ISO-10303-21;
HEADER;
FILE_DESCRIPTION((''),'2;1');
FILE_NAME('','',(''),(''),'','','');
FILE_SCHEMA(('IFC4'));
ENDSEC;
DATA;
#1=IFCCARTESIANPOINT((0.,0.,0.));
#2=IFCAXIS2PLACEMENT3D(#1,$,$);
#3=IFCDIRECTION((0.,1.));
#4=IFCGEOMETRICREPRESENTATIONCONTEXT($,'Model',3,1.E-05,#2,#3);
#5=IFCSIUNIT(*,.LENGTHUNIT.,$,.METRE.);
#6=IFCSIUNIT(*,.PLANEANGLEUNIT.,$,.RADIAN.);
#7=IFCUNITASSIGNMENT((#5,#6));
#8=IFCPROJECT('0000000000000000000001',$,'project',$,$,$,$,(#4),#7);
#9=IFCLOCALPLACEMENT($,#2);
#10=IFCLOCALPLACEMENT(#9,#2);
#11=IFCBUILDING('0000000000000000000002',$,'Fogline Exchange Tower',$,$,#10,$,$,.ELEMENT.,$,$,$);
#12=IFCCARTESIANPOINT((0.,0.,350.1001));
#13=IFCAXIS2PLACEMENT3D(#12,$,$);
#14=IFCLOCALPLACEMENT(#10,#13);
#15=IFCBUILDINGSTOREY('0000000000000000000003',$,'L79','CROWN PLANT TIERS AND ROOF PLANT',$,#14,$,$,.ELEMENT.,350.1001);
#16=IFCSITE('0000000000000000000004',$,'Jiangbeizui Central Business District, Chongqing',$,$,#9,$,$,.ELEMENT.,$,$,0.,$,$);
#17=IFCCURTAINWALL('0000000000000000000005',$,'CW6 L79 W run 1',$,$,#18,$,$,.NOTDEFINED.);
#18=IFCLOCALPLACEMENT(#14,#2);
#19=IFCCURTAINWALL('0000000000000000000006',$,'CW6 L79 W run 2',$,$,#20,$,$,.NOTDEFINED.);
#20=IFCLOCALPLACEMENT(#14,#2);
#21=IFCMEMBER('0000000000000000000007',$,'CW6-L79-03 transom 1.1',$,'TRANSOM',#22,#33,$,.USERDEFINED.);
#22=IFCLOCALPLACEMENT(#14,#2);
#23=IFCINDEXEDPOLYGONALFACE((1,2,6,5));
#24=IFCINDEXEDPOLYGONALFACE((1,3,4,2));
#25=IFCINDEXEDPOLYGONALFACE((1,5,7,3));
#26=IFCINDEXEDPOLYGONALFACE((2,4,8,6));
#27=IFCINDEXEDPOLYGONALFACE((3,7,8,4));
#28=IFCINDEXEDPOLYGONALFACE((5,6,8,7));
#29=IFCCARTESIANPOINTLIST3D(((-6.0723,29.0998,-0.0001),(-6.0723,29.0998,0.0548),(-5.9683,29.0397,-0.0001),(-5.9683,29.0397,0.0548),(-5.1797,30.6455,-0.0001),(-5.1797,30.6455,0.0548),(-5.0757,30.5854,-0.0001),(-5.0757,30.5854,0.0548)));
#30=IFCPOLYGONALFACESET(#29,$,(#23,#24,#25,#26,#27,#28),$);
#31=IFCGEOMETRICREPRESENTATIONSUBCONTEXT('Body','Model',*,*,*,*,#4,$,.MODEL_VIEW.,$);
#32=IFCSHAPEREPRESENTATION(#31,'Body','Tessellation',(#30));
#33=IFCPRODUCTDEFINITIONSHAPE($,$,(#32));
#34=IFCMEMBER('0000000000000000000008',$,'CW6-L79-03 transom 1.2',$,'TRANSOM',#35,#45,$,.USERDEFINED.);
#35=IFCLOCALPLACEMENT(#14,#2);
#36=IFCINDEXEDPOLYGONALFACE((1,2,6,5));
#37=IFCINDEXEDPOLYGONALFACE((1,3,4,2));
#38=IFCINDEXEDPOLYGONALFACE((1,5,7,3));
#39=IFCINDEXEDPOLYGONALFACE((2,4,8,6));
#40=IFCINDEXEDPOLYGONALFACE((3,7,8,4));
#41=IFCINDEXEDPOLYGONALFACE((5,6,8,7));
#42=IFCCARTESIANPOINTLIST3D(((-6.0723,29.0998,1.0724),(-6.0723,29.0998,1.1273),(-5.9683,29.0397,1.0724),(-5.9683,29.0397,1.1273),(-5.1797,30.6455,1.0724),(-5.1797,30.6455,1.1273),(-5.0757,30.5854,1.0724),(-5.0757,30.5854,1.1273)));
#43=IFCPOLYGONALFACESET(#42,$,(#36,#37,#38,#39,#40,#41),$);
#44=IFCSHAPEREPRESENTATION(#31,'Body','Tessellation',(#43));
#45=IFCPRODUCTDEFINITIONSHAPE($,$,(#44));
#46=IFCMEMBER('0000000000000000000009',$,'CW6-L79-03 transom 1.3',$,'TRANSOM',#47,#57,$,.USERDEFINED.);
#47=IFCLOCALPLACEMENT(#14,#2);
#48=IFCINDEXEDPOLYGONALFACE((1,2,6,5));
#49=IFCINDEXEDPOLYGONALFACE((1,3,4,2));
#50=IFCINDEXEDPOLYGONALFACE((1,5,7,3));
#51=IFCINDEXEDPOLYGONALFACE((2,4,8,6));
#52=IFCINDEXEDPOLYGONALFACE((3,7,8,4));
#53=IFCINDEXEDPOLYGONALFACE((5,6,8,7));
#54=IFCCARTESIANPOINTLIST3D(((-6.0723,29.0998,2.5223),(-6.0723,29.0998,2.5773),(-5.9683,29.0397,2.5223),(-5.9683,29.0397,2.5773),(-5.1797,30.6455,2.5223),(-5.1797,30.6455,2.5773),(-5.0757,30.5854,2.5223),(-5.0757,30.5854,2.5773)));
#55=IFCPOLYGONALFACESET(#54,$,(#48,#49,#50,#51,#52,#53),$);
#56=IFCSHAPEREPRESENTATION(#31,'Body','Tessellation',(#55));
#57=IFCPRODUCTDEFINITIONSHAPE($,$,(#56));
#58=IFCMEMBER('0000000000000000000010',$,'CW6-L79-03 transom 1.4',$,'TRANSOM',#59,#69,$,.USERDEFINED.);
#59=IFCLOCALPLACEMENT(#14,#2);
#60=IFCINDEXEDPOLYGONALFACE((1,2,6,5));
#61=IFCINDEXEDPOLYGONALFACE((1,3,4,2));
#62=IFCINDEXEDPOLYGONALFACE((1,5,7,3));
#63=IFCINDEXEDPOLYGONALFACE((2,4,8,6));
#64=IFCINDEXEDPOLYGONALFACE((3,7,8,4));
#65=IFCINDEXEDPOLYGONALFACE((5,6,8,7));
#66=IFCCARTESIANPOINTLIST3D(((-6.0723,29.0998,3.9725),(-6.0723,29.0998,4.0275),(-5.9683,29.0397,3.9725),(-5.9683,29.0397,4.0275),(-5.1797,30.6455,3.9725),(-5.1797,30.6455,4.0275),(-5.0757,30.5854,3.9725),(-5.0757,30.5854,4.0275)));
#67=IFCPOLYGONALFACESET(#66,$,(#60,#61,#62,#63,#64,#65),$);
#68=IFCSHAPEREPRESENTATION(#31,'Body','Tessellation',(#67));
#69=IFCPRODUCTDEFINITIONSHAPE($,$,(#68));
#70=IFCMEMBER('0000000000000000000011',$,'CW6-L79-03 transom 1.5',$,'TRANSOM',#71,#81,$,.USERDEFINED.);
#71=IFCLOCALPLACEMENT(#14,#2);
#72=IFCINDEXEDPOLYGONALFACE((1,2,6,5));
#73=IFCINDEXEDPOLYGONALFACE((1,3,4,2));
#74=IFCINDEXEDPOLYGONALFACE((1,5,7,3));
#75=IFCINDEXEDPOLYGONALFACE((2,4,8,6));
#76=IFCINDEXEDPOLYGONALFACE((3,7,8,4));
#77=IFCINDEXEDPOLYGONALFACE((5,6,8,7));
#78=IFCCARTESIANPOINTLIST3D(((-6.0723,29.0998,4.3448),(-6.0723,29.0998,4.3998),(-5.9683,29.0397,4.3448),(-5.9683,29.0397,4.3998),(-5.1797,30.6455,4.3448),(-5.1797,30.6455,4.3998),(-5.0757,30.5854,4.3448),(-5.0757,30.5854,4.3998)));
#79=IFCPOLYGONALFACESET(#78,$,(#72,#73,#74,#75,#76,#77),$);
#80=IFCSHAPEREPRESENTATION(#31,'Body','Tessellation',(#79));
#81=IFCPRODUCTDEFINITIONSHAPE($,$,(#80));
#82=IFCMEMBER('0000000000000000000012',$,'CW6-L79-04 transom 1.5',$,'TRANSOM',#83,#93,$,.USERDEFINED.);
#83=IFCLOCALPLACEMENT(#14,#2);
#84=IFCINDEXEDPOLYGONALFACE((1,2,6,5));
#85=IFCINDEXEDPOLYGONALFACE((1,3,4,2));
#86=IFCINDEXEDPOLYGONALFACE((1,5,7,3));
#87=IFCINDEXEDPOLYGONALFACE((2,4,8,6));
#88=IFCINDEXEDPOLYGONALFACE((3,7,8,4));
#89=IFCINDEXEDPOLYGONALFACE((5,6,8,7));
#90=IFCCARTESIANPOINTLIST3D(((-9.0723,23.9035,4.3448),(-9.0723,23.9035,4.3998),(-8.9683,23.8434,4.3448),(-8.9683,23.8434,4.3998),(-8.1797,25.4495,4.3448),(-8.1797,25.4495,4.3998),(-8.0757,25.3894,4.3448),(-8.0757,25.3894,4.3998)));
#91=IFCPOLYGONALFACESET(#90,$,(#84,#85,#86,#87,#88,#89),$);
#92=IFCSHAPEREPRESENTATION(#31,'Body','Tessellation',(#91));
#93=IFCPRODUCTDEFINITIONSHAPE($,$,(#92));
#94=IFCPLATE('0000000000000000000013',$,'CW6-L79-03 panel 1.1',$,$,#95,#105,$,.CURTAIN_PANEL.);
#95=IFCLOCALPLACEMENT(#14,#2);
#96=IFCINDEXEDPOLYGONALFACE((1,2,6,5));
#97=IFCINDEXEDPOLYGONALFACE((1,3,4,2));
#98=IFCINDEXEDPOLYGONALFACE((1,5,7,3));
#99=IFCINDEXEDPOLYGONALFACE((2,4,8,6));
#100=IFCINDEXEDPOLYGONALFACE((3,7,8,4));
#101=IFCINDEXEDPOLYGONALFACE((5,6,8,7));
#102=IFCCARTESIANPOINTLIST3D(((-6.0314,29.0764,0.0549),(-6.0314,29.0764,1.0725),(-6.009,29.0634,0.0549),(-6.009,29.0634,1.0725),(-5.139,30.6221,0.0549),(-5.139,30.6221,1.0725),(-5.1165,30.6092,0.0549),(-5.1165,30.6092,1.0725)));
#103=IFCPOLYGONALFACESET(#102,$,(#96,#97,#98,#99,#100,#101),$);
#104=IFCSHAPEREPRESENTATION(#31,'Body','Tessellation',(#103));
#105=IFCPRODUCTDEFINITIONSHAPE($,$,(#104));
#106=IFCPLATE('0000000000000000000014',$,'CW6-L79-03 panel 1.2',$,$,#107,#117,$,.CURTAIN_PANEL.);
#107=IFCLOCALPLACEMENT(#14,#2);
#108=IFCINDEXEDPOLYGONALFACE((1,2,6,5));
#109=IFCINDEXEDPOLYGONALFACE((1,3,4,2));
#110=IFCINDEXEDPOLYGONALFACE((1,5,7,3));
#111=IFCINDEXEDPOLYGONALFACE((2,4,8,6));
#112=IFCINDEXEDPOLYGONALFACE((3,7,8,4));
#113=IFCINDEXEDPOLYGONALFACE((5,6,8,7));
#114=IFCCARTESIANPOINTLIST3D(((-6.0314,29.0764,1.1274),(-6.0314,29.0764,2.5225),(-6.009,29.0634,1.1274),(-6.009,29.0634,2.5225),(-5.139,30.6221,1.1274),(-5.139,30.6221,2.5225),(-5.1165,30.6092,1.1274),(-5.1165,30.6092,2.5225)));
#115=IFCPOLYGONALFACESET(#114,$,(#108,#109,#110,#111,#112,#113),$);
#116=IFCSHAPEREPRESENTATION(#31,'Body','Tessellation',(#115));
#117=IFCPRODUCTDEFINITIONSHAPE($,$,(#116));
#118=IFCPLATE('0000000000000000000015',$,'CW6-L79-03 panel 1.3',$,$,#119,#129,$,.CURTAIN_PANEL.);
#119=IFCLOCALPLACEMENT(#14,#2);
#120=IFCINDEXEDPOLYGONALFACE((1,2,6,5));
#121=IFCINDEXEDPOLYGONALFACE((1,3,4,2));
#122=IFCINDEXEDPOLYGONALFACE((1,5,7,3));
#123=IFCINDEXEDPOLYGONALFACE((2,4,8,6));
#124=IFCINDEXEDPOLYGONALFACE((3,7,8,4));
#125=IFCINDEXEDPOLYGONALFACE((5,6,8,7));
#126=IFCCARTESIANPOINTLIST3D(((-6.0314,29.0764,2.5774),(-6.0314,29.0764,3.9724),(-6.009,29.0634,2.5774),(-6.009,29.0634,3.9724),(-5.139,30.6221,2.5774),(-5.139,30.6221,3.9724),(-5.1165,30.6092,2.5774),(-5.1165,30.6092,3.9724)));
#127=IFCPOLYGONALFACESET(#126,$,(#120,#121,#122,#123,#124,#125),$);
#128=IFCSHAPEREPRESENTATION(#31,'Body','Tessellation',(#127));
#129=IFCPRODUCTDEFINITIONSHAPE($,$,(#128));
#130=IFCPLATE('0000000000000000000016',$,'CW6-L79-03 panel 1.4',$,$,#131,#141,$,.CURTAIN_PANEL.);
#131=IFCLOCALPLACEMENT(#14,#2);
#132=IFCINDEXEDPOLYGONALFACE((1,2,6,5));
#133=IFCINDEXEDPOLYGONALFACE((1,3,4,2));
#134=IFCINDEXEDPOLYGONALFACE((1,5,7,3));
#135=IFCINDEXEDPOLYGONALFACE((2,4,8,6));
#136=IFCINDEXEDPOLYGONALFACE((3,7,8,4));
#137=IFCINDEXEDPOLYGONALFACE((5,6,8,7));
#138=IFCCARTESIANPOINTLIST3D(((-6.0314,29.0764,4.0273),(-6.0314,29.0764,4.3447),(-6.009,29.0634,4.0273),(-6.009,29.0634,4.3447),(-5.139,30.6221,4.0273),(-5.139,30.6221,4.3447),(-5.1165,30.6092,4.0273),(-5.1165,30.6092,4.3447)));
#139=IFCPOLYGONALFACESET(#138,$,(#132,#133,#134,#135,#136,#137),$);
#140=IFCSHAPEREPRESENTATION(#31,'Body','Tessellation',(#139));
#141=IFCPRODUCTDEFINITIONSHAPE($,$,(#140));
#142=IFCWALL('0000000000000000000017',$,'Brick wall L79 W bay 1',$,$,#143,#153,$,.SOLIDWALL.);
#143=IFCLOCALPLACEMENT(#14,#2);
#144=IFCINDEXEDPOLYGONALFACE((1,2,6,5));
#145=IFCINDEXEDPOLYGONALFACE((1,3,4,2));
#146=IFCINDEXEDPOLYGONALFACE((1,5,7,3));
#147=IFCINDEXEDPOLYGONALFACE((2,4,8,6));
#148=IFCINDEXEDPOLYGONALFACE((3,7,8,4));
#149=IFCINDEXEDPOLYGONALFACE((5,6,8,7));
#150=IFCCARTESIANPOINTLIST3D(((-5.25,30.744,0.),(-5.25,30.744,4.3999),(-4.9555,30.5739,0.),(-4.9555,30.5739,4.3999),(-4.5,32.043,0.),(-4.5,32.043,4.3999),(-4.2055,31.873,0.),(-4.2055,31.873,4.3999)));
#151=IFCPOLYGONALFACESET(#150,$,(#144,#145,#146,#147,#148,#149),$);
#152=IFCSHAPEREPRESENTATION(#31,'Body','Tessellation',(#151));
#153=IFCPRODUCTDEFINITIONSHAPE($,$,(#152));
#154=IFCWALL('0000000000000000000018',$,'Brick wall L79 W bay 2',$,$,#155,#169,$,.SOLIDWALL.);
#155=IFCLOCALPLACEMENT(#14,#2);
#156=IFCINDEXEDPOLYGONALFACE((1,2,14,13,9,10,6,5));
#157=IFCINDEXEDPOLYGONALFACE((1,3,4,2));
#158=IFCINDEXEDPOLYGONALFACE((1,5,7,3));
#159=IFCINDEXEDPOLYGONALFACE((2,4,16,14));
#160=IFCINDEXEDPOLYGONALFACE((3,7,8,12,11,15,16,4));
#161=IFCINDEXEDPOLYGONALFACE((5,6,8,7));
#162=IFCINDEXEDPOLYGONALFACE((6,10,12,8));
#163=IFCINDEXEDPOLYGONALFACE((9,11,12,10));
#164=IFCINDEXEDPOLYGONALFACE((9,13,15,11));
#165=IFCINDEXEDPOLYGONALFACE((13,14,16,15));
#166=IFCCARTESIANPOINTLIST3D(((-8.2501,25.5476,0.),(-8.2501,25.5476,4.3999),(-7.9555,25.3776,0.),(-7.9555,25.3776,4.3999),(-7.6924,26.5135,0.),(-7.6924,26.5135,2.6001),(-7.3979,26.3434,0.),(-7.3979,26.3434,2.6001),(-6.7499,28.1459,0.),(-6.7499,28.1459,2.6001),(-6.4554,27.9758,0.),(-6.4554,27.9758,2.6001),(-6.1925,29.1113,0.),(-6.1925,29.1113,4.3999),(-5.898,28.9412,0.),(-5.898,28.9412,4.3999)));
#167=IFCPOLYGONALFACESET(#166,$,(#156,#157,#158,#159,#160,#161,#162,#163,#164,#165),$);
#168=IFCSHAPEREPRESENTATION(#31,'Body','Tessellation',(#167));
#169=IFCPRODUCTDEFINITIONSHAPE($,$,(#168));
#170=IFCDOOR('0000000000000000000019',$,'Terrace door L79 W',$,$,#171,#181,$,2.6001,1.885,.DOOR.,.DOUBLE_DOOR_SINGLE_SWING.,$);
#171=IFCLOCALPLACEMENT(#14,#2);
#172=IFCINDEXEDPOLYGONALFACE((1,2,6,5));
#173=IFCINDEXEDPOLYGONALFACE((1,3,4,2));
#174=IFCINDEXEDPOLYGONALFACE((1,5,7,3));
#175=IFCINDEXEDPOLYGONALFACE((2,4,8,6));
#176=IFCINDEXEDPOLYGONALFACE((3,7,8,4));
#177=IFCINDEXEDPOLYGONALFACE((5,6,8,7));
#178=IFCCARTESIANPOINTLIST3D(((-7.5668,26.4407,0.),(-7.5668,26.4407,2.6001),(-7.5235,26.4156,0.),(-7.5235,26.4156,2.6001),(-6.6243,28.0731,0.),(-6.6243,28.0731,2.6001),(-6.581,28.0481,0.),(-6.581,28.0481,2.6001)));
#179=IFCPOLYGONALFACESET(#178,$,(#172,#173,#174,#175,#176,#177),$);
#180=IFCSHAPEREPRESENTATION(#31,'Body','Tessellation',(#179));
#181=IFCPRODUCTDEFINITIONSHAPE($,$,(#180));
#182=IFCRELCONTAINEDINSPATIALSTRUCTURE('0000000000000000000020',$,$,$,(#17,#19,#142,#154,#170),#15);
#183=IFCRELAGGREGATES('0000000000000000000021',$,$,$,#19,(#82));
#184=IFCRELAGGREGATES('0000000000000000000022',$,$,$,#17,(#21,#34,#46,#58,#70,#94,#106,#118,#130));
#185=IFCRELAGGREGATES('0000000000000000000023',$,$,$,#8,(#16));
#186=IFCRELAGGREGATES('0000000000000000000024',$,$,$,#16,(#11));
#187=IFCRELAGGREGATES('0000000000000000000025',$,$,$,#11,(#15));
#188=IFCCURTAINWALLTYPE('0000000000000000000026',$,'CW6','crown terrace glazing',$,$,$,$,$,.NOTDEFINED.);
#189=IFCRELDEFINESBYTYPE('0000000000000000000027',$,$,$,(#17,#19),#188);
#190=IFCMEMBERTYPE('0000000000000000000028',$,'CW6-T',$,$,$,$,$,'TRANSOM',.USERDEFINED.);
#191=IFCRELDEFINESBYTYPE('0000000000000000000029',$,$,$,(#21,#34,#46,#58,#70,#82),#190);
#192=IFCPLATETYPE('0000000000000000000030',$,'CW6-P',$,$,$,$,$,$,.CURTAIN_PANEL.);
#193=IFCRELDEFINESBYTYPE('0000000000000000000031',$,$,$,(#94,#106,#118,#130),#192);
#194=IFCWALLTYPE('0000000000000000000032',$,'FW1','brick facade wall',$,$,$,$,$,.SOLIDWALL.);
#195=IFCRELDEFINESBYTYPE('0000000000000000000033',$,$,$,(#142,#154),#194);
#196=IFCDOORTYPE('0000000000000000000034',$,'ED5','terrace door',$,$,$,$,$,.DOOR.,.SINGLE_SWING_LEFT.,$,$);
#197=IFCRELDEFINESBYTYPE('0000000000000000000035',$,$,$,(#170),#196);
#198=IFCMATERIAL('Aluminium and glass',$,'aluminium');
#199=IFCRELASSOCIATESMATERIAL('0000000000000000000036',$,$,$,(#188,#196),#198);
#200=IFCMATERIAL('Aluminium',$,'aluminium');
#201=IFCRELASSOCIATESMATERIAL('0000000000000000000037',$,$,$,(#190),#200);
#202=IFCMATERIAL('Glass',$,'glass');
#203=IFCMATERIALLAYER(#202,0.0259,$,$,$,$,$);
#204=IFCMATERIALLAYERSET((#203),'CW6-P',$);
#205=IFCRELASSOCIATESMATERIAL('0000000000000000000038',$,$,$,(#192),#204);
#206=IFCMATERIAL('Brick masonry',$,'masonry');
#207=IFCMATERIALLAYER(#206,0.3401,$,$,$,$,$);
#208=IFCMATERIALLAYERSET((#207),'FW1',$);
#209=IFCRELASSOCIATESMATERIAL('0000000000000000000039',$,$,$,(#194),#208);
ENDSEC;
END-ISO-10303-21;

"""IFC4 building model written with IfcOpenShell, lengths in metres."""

from ifc_helpers import new_model, si_unit, direction, frame, frame_2d, origin, origin_2d, place, context, subcontext, project, spatial, rectangle, extrude, material, layer, layer_set, material_profile, profile_set, type_object, element, fill, aggregate, save


model = new_model("IFC4")

# Units and contexts
model_context = context("Model", 3, precision=1e-05, world=origin(), true_north=direction((0.0, 1.0)))
body_context = subcontext(model_context, "Body", "Model", "MODEL_VIEW")
ifc_project = project(units=[si_unit("LENGTHUNIT", "METRE"), si_unit("PLANEANGLEUNIT", "RADIAN")], contexts=[model_context])

# Site, building, storey
site_placement = place(None, origin())
site = spatial("IfcSite", under=ifc_project, at=site_placement, Name="Jiangbeizui Central Business District, Chongqing", CompositionType="ELEMENT", RefElevation=0.0)
building_placement = place(site_placement, origin())
building = spatial("IfcBuilding", under=site, at=building_placement, Name="Fogline Exchange Tower", CompositionType="ELEMENT")
storey_placement = place(building_placement, frame((0.0, 0.0, 350.1001)))
storey = spatial("IfcBuildingStorey", under=building, at=storey_placement, Name="L79", Description="CROWN PLANT TIERS AND ROOF PLANT", CompositionType="ELEMENT", Elevation=350.1001)

# Curtain wall
ifc_material_1 = material(Name="Aluminium and glass", Category="aluminium")
curtain_wall_type = type_object("IfcCurtainWallType", Name="CW6", Description="crown terrace glazing", PredefinedType="NOTDEFINED", material=ifc_material_1)
curtain_wall_1_placement = place(storey_placement, origin())
curtain_wall_1 = element("IfcCurtainWall", 1, at=curtain_wall_1_placement, inside=storey, type_object=curtain_wall_type, Name="CW6 L79 W run 1", PredefinedType="NOTDEFINED")
ifc_material_2 = material(Name="Aluminium", Category="aluminium")

# Curtain wall
curtain_wall_2_placement = place(storey_placement, origin())
curtain_wall_2 = element("IfcCurtainWall", 2, at=curtain_wall_2_placement, inside=storey, type_object=curtain_wall_type, Name="CW6 L79 W run 2", PredefinedType="NOTDEFINED")

# Members
ifc_material_profile_1 = material_profile(ifc_material_2, rectangle(XDim=0.1201, YDim=0.0549, at=origin_2d()), Name="Transom 55x120")
ifc_profile_set_1 = profile_set([ifc_material_profile_1], Name="Aluminium")
member_type_1 = type_object("IfcMemberType", Name="CW6-T", ElementType="TRANSOM", PredefinedType="USERDEFINED", material=ifc_profile_set_1)
member_1_placement = place(storey_placement, frame((-5.1277, 30.6155, 0.0273), z_axis=(-0.500082, -0.865978, 0.0), x_axis=(0.865978, -0.500082, 0.0)))
member_1 = element("IfcMember", 3, at=member_1_placement, type_object=member_type_1, Name="CW6-L79-03 transom 1.1", ObjectType="TRANSOM", PredefinedType="USERDEFINED", context=body_context, shape_type="SweptSolid", body=[
    extrude(rectangle(XDim=0.1201, YDim=0.0549, at=origin_2d()), origin(), (0.0, 0.0, 1.0), 1.7849),
])
member_2_placement = place(storey_placement, frame((-5.1277, 30.6155, 1.0999), z_axis=(-0.500082, -0.865978, 0.0), x_axis=(0.865978, -0.500082, 0.0)))
member_2 = element("IfcMember", 4, at=member_2_placement, type_object=member_type_1, Name="CW6-L79-03 transom 1.2", ObjectType="TRANSOM", PredefinedType="USERDEFINED", context=body_context, shape_type="SweptSolid", body=[
    extrude(rectangle(XDim=0.1201, YDim=0.0549, at=origin_2d()), origin(), (0.0, 0.0, 1.0), 1.7849),
])
member_3_placement = place(storey_placement, frame((-5.1277, 30.6155, 2.5498), z_axis=(-0.500082, -0.865978, 0.0), x_axis=(0.865978, -0.500082, 0.0)))
member_3 = element("IfcMember", 5, at=member_3_placement, type_object=member_type_1, Name="CW6-L79-03 transom 1.3", ObjectType="TRANSOM", PredefinedType="USERDEFINED", context=body_context, shape_type="SweptSolid", body=[
    extrude(rectangle(XDim=0.1201, YDim=0.0549, at=origin_2d()), origin(), (0.0, 0.0, 1.0), 1.7849),
])
member_4_placement = place(storey_placement, frame((-5.1277, 30.6155, 4.0), z_axis=(-0.500082, -0.865978, 0.0), x_axis=(0.865978, -0.500082, 0.0)))
member_4 = element("IfcMember", 6, at=member_4_placement, type_object=member_type_1, Name="CW6-L79-03 transom 1.4", ObjectType="TRANSOM", PredefinedType="USERDEFINED", context=body_context, shape_type="SweptSolid", body=[
    extrude(rectangle(XDim=0.1201, YDim=0.0549, at=origin_2d()), origin(), (0.0, 0.0, 1.0), 1.7849),
])
member_5_placement = place(storey_placement, frame((-5.1277, 30.6155, 4.3723), z_axis=(-0.500082, -0.865978, 0.0), x_axis=(0.865978, -0.500082, 0.0)))
member_5 = element("IfcMember", 7, at=member_5_placement, type_object=member_type_1, Name="CW6-L79-03 transom 1.5", ObjectType="TRANSOM", PredefinedType="USERDEFINED", context=body_context, shape_type="SweptSolid", body=[
    extrude(rectangle(XDim=0.1201, YDim=0.0549, at=origin_2d()), origin(), (0.0, 0.0, 1.0), 1.7849),
])
member_6_placement = place(storey_placement, frame((-8.1277, 25.4194, 4.3723), z_axis=(-0.500022, -0.866012, 0.0), x_axis=(0.866012, -0.500022, 0.0)))
member_6 = element("IfcMember", 8, at=member_6_placement, type_object=member_type_1, Name="CW6-L79-04 transom 1.5", ObjectType="TRANSOM", PredefinedType="USERDEFINED", context=body_context, shape_type="SweptSolid", body=[
    extrude(rectangle(XDim=0.1201, YDim=0.0549, at=origin_2d()), origin(), (0.0, 0.0, 1.0), 1.7852),
])
aggregate(curtain_wall_2, [member_6])

# Plates
ifc_material_3 = material(Name="Glass", Category="glass")
ifc_layer_1 = layer(ifc_material_3, 0.0259)
ifc_layer_set_1 = layer_set([ifc_layer_1], Name="CW6-P")
plate_type = type_object("IfcPlateType", Name="CW6-P", PredefinedType="CURTAIN_PANEL", material=ifc_layer_set_1)
plate_1_placement = place(storey_placement, frame((-5.574, 29.8428, 0.0549), z_axis=(0.0, 0.0, 1.0), x_axis=(-0.5, -0.866026, 0.0)))
plate_1 = element("IfcPlate", 9, at=plate_1_placement, type_object=plate_type, Name="CW6-L79-03 panel 1.1", PredefinedType="CURTAIN_PANEL", context=body_context, shape_type="SweptSolid", body=[
    extrude(rectangle(XDim=1.7849, YDim=0.0259, at=origin_2d()), origin(), (0.0, 0.0, 1.0), 1.0176),
])
plate_2_placement = place(storey_placement, frame((-5.574, 29.8428, 1.1274), z_axis=(0.0, 0.0, 1.0), x_axis=(-0.5, -0.866026, 0.0)))
plate_2 = element("IfcPlate", 10, at=plate_2_placement, type_object=plate_type, Name="CW6-L79-03 panel 1.2", PredefinedType="CURTAIN_PANEL", context=body_context, shape_type="SweptSolid", body=[
    extrude(rectangle(XDim=1.7849, YDim=0.0259, at=origin_2d()), origin(), (0.0, 0.0, 1.0), 1.395),
])
plate_3_placement = place(storey_placement, frame((-5.574, 29.8428, 2.5774), z_axis=(0.0, 0.0, 1.0), x_axis=(-0.5, -0.866026, 0.0)))
plate_3 = element("IfcPlate", 11, at=plate_3_placement, type_object=plate_type, Name="CW6-L79-03 panel 1.3", PredefinedType="CURTAIN_PANEL", context=body_context, shape_type="SweptSolid", body=[
    extrude(rectangle(XDim=1.7849, YDim=0.0259, at=origin_2d()), origin(), (0.0, 0.0, 1.0), 1.395),
])
plate_4_placement = place(storey_placement, frame((-5.574, 29.8428, 4.0273), z_axis=(0.0, 0.0, 1.0), x_axis=(-0.5, -0.866026, 0.0)))
plate_4 = element("IfcPlate", 12, at=plate_4_placement, type_object=plate_type, Name="CW6-L79-03 panel 1.4", PredefinedType="CURTAIN_PANEL", context=body_context, shape_type="SweptSolid", body=[
    extrude(rectangle(XDim=1.7849, YDim=0.0259, at=origin_2d()), origin(), (0.0, 0.0, 1.0), 0.3174),
])
aggregate(curtain_wall_1, [member_1, member_2, member_3, member_4, member_5, plate_1, plate_2, plate_3, plate_4])

# Wall
ifc_material_4 = material(Name="Brick masonry", Category="masonry")
ifc_layer_2 = layer(ifc_material_4, 0.3401)
ifc_layer_set_2 = layer_set([ifc_layer_2], Name="FW1")
wall_type = type_object("IfcWallType", Name="FW1", Description="brick facade wall", PredefinedType="SOLIDWALL", material=ifc_layer_set_2)
wall_1_placement = place(storey_placement, frame((-4.3528, 31.958, 0.0), z_axis=(0.0, 0.0, 1.0), x_axis=(-0.49999, -0.866031, 0.0)))
element("IfcWall", 13, at=wall_1_placement, inside=storey, type_object=wall_type, Name="Brick wall L79 W bay 1", PredefinedType="SOLIDWALL", context=body_context, shape_type="SweptSolid", body=[
    extrude(rectangle(XDim=1.5, YDim=0.3401, at=frame_2d((0.75, 0.0))), origin(), (0.0, 0.0, 1.0), 4.3999),
])

# Wall, opening, door
wall_2_placement = place(storey_placement, frame((-6.0452, 29.0264, 0.0), z_axis=(0.0, 0.0, 1.0), x_axis=(-0.500019, -0.866015, 0.0)))
wall_2 = element("IfcWall", 14, at=wall_2_placement, inside=storey, type_object=wall_type, Name="Brick wall L79 W bay 2", PredefinedType="SOLIDWALL", context=body_context, shape_type="SweptSolid", body=[
    extrude(rectangle(XDim=4.115, YDim=0.3401, at=frame_2d((2.0576, 0.0))), origin(), (0.0, 0.0, 1.0), 4.3999),
])
opening_placement = place(wall_2_placement, frame((1.115, 0.0, 0.0)))
opening = element("IfcOpeningElement", 15, at=opening_placement, cuts=wall_2, PredefinedType="OPENING", context=body_context, shape_type="SweptSolid", body=[
    extrude(rectangle(XDim=1.885, YDim=2.6001, at=frame_2d((0.9424, 1.3))), frame((0.0, 0.1802, 0.0), z_axis=(0.0, -1.0, 0.0), x_axis=(1.0, 0.0, 0.0)), (0.0, 0.0, 1.0), 0.3601),
])
door_type = type_object("IfcDoorType", Name="ED5", Description="terrace door", OperationType="SINGLE_SWING_LEFT", PredefinedType="DOOR", material=ifc_material_1)
door_placement = place(opening_placement, frame((1.885, 0.0, 0.0), z_axis=(0.0, 0.0, 1.0), x_axis=(-1.0, 0.0, 0.0)))
door = element("IfcDoor", 16, at=door_placement, inside=storey, type_object=door_type, Name="Terrace door L79 W", OperationType="DOUBLE_DOOR_SINGLE_SWING", OverallHeight=2.6001, OverallWidth=1.885, PredefinedType="DOOR", context=body_context, shape_type="SweptSolid", body=[
    extrude(rectangle(XDim=1.885, YDim=2.6001, at=frame_2d((0.9424, 1.3))), frame((0.0, 0.0249, 0.0), z_axis=(0.0, -1.0, 0.0), x_axis=(1.0, 0.0, 0.0)), (0.0, 0.0, 1.0), 0.05),
])
fill(opening, door)

save(model, "model.ifc")
